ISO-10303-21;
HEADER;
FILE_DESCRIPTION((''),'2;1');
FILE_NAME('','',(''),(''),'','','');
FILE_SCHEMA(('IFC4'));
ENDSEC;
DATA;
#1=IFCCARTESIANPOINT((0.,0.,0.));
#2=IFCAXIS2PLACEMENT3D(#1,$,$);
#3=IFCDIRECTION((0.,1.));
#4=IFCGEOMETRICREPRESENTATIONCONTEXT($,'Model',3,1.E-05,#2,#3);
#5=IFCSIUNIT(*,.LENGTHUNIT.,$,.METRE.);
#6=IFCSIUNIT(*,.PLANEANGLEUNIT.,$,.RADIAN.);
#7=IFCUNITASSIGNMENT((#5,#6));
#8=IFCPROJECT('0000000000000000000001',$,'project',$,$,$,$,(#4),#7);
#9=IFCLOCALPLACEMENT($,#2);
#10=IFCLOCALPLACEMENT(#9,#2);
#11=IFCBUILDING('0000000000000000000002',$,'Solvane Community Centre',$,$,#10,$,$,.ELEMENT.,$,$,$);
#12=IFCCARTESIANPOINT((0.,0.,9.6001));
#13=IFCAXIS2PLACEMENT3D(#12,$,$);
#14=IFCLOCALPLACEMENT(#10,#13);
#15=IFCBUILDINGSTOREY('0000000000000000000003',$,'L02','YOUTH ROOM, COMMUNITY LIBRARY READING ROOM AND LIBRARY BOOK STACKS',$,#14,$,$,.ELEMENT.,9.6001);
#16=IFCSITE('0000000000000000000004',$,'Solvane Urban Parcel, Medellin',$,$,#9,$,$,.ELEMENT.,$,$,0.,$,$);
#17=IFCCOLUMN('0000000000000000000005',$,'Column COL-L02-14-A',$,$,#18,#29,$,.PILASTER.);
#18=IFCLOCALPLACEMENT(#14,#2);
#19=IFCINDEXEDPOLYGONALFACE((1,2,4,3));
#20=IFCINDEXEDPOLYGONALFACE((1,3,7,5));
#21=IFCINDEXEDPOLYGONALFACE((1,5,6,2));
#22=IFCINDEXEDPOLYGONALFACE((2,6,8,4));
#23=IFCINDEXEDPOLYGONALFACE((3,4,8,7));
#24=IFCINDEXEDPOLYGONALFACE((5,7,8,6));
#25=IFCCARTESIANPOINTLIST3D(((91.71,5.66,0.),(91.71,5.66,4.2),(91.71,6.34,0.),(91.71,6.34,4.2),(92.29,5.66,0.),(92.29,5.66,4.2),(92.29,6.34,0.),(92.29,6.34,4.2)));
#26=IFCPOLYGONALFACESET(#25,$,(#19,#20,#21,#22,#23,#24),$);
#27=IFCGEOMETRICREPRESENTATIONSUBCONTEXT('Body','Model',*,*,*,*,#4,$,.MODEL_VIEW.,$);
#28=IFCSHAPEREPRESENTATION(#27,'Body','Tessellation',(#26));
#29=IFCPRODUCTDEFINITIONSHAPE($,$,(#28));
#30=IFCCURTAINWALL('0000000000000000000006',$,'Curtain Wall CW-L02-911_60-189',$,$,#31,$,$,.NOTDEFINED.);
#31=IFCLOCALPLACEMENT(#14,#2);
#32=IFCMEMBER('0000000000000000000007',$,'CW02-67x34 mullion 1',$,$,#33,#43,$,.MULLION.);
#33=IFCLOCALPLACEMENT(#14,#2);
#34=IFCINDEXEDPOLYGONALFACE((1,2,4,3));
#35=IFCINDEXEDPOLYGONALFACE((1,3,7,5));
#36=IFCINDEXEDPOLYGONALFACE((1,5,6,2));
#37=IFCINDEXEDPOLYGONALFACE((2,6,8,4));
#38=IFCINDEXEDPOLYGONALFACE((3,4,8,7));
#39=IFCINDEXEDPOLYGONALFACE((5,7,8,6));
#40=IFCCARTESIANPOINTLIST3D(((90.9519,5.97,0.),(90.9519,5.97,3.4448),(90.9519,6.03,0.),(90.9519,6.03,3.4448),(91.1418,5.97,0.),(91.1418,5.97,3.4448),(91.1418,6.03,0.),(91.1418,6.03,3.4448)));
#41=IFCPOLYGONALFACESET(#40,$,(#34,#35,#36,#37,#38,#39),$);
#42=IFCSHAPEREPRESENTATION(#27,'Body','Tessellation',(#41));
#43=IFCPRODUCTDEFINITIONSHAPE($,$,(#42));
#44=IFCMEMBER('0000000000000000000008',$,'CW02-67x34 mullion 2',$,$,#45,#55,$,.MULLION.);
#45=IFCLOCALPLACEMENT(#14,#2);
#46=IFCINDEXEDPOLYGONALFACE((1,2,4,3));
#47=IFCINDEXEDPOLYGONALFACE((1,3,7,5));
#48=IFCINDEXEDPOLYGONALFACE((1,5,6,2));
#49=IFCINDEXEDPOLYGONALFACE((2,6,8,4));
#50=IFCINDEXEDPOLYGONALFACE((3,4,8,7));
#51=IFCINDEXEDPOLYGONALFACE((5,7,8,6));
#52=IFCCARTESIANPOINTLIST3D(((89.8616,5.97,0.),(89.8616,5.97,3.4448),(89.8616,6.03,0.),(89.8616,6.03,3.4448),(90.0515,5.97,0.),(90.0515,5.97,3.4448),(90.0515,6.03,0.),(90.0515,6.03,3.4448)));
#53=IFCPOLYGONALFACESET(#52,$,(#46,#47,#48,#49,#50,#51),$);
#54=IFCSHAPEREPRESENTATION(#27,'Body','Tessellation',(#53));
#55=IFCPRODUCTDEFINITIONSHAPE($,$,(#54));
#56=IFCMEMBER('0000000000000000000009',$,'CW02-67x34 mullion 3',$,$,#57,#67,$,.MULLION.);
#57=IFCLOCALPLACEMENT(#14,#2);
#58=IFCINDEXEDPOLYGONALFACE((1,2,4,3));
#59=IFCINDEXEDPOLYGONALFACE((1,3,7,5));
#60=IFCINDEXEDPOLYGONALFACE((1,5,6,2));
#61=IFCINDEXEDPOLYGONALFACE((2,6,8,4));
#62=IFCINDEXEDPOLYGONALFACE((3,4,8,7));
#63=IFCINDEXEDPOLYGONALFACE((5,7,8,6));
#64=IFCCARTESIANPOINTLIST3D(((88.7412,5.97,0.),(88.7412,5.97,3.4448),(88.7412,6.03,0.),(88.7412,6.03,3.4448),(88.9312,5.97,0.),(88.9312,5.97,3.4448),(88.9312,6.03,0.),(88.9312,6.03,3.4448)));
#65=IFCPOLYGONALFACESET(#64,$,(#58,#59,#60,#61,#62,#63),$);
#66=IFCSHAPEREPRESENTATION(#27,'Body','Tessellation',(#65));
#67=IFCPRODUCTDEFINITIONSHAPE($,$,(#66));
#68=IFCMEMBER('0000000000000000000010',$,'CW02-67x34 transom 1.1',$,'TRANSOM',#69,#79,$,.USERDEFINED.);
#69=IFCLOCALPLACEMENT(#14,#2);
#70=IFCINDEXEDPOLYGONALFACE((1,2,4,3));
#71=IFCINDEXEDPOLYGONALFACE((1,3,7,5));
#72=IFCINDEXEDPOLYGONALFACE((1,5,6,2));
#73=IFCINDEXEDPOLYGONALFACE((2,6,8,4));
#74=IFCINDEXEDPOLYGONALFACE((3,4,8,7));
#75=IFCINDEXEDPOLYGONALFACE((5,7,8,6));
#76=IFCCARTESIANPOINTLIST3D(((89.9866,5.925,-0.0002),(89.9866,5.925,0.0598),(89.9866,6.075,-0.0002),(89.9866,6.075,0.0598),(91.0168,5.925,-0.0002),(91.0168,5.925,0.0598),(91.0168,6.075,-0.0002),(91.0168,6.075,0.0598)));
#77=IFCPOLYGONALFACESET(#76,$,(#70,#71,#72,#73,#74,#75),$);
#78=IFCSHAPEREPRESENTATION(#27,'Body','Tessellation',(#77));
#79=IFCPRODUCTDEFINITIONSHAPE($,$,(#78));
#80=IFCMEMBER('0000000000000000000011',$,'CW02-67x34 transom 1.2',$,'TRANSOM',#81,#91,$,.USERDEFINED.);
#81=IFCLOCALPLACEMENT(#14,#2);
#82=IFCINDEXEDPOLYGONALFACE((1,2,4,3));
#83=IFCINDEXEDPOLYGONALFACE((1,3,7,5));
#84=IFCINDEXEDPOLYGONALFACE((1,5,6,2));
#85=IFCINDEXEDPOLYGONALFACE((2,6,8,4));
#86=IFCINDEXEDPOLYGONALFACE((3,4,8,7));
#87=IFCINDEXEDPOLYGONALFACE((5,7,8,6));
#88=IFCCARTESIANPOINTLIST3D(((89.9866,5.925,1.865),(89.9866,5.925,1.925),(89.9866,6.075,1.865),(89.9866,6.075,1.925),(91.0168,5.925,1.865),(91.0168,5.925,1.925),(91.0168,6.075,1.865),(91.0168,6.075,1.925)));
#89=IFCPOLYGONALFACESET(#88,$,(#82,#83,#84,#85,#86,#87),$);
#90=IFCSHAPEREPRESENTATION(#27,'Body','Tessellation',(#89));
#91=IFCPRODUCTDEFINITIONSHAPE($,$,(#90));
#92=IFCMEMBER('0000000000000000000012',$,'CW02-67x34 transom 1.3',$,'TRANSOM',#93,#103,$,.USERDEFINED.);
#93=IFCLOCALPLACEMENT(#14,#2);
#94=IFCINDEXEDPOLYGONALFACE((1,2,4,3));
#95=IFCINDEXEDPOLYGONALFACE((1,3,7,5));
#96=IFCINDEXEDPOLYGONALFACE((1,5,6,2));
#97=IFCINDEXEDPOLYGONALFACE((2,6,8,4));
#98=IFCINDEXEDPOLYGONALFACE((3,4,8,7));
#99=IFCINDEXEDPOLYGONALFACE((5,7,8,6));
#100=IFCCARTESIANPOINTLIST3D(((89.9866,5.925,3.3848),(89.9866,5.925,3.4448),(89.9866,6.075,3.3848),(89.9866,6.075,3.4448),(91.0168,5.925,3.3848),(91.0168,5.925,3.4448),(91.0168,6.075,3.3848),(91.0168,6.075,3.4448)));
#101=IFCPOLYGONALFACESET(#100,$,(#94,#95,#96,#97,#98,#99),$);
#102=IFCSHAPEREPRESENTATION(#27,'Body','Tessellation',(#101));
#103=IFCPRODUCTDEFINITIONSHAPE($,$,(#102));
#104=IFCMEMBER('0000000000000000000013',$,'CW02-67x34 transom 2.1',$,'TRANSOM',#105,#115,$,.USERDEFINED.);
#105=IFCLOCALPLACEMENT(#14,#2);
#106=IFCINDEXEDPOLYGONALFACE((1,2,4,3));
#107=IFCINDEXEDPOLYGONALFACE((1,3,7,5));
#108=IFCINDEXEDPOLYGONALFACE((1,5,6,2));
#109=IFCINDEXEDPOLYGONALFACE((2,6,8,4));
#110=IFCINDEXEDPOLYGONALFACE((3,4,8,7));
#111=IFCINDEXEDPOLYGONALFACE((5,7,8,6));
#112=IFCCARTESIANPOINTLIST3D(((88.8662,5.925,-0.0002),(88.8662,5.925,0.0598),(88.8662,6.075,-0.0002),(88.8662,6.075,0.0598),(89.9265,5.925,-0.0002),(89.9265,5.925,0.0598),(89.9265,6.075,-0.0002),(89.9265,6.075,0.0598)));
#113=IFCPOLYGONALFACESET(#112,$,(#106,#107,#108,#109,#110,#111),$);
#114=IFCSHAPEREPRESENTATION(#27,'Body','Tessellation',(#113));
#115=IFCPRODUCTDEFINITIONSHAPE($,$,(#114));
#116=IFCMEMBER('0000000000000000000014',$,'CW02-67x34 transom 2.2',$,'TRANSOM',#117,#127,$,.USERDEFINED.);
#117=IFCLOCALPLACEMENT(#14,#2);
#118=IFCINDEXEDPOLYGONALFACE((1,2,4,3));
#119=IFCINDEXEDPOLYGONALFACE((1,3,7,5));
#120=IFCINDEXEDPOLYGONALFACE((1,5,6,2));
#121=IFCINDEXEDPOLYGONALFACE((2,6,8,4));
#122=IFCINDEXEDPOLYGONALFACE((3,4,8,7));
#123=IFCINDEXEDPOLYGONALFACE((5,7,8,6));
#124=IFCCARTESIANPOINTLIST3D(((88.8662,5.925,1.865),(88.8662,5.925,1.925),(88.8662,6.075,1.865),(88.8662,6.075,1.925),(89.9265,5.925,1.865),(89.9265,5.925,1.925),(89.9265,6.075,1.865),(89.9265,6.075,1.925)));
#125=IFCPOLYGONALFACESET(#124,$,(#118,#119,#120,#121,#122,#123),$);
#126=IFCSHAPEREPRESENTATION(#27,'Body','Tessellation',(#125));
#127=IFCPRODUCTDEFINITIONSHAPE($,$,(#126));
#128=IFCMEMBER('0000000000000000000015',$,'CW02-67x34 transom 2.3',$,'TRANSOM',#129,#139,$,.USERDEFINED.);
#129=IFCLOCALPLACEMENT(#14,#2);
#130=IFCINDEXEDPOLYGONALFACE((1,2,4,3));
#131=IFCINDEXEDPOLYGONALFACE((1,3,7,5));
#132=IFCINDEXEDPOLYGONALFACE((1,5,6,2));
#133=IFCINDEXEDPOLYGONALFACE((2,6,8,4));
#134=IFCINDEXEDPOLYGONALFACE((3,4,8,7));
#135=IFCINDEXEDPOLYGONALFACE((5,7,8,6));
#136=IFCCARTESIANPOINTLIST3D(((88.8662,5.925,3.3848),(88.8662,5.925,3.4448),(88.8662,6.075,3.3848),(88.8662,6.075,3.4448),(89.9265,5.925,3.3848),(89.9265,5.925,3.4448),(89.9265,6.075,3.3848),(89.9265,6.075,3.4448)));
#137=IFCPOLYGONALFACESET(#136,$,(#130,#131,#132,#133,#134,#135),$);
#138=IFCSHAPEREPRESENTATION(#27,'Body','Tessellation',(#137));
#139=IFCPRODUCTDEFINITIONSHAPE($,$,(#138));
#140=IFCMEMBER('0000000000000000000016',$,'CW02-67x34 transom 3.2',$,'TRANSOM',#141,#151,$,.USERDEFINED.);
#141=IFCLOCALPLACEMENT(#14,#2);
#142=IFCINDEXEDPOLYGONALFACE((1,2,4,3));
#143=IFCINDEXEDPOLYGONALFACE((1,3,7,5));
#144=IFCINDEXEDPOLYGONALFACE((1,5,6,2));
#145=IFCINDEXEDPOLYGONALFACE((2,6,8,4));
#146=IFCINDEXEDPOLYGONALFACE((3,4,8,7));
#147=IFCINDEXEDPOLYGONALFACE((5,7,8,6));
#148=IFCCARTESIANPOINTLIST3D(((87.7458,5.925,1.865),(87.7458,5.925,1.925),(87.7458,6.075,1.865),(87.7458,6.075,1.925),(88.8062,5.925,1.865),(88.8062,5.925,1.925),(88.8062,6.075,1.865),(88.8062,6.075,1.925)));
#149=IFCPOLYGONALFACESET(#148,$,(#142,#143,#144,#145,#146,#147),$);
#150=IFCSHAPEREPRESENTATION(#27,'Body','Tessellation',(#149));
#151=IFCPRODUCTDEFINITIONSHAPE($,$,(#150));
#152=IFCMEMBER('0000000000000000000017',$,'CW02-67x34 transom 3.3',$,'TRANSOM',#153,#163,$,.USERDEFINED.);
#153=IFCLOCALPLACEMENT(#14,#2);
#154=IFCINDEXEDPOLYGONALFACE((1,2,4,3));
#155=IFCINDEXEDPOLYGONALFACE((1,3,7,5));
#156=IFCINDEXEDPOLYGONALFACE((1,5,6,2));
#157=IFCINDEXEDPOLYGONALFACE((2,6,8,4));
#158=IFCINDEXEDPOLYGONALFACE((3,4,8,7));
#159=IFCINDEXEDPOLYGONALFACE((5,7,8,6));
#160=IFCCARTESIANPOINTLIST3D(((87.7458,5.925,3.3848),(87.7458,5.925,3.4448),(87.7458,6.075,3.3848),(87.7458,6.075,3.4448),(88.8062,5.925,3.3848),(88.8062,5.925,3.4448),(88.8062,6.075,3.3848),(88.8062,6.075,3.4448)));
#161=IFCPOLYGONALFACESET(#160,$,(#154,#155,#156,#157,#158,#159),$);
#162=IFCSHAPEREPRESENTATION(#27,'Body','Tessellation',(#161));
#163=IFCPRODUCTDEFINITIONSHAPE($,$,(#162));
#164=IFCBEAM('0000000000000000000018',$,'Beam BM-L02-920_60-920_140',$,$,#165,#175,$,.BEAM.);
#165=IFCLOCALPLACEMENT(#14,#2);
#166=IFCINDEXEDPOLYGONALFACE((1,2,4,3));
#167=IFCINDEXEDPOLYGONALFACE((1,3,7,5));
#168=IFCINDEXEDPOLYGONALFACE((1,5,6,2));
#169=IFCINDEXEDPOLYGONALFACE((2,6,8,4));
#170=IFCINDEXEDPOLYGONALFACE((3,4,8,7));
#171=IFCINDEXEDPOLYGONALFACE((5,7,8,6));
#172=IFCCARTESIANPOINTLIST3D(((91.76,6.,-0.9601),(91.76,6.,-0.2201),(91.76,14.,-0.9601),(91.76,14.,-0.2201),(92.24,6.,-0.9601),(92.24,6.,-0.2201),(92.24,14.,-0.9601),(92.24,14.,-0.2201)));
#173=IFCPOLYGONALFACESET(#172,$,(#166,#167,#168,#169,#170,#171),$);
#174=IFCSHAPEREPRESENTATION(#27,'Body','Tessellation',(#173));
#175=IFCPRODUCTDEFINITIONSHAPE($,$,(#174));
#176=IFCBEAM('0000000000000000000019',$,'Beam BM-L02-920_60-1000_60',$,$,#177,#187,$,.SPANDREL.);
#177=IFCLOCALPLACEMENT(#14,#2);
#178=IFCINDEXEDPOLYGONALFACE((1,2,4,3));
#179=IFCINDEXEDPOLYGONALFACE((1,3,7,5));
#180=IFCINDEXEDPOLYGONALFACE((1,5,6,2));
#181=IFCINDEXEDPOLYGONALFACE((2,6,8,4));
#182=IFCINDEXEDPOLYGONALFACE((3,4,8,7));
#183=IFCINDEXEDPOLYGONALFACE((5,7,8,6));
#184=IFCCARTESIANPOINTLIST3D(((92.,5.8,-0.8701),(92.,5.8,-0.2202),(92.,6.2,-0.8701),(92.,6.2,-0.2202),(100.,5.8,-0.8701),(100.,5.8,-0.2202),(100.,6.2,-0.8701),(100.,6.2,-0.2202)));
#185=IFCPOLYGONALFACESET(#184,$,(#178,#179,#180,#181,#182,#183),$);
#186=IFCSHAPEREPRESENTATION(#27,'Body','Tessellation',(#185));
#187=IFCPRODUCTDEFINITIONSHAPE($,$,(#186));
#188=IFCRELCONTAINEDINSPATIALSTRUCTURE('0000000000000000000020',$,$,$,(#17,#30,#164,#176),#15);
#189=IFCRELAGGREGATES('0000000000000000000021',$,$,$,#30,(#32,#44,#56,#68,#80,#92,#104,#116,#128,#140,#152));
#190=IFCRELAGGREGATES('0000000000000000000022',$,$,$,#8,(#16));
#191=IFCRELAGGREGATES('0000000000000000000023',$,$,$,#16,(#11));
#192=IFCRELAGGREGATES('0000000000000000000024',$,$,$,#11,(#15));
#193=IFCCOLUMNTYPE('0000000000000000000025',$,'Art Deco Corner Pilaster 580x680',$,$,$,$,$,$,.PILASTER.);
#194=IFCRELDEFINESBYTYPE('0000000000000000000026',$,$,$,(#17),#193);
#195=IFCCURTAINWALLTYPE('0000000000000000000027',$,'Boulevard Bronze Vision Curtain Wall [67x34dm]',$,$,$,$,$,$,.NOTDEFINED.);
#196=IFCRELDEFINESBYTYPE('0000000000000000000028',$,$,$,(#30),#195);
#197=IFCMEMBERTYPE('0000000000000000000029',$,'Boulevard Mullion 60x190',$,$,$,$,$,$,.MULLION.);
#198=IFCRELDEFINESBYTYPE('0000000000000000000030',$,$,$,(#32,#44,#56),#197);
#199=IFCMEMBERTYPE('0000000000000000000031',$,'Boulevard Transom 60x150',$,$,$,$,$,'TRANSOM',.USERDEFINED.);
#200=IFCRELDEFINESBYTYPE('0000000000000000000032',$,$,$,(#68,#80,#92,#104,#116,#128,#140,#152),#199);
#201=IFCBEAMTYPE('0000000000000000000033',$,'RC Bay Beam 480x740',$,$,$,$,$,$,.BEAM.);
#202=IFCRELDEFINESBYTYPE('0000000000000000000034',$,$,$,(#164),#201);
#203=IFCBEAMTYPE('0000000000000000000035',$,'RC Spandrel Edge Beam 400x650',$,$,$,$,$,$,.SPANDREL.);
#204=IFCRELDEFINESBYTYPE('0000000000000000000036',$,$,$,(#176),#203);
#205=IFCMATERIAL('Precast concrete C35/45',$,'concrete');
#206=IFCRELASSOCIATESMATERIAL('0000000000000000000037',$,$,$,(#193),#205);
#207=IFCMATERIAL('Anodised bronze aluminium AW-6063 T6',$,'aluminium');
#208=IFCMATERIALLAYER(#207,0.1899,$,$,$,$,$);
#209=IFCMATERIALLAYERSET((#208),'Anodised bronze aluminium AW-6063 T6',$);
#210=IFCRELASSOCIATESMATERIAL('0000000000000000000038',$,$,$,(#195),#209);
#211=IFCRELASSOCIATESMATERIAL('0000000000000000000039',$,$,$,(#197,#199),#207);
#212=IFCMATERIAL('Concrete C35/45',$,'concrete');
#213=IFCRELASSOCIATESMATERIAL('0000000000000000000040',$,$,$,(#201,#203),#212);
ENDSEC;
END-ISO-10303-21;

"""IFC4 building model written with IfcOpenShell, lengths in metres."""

from ifc_helpers import new_model, si_unit, direction, frame, origin, origin_2d, place, context, subcontext, project, spatial, rectangle, extrude, material, layer, layer_set, material_profile, profile_set, type_object, element, aggregate, save


model = new_model("IFC4")

# Units and contexts
model_context = context("Model", 3, precision=1e-05, world=origin(), true_north=direction((0.0, 1.0)))
body_context = subcontext(model_context, "Body", "Model", "MODEL_VIEW")
ifc_project = project(units=[si_unit("LENGTHUNIT", "METRE"), si_unit("PLANEANGLEUNIT", "RADIAN")], contexts=[model_context])

# Site, building, storey
site_placement = place(None, origin())
site = spatial("IfcSite", under=ifc_project, at=site_placement, Name="Solvane Urban Parcel, Medellin", CompositionType="ELEMENT", RefElevation=0.0)
building_placement = place(site_placement, origin())
building = spatial("IfcBuilding", under=site, at=building_placement, Name="Solvane Community Centre", CompositionType="ELEMENT")
storey_placement = place(building_placement, frame((0.0, 0.0, 9.6001)))
storey = spatial("IfcBuildingStorey", under=building, at=storey_placement, Name="L02", Description="YOUTH ROOM, COMMUNITY LIBRARY READING ROOM AND LIBRARY BOOK STACKS", CompositionType="ELEMENT", Elevation=9.6001)

# Column
ifc_material_1 = material(Name="Precast concrete C35/45", Category="concrete")
ifc_material_profile_1 = material_profile(ifc_material_1, rectangle(XDim=0.5801, YDim=0.6799, at=origin_2d()), Name="RC 580x680")
ifc_profile_set_1 = profile_set([ifc_material_profile_1], Name="Precast concrete C35/45")
column_type = type_object("IfcColumnType", Name="Art Deco Corner Pilaster 580x680", PredefinedType="PILASTER", material=ifc_profile_set_1)
column_placement = place(storey_placement, frame((92.0, 6.0, 0.0), z_axis=(0.0, 0.0, 1.0), x_axis=(1.0, 0.0, 0.0)))
element("IfcColumn", 1, at=column_placement, inside=storey, type_object=column_type, Name="Column COL-L02-14-A", PredefinedType="PILASTER", context=body_context, shape_type="SweptSolid", body=[
    extrude(rectangle(XDim=0.5801, YDim=0.6799, at=origin_2d()), origin(), (0.0, 0.0, 1.0), 4.2),
])

# Curtain wall, members
ifc_material_2 = material(Name="Anodised bronze aluminium AW-6063 T6", Category="aluminium")
ifc_layer_1 = layer(ifc_material_2, 0.1899)
ifc_layer_set_1 = layer_set([ifc_layer_1], Name="Anodised bronze aluminium AW-6063 T6")
curtain_wall_type = type_object("IfcCurtainWallType", Name="Boulevard Bronze Vision Curtain Wall [67x34dm]", PredefinedType="NOTDEFINED", material=ifc_layer_set_1)
curtain_wall_placement = place(storey_placement, origin())
curtain_wall = element("IfcCurtainWall", 2, at=curtain_wall_placement, inside=storey, type_object=curtain_wall_type, Name="Curtain Wall CW-L02-911_60-189", PredefinedType="NOTDEFINED")
ifc_material_profile_2 = material_profile(ifc_material_2, rectangle(XDim=0.0601, YDim=0.1899, at=origin_2d()), Name="CW-M 60x190")
ifc_profile_set_2 = profile_set([ifc_material_profile_2], Name="Anodised bronze aluminium AW-6063 T6")
member_type_1 = type_object("IfcMemberType", Name="Boulevard Mullion 60x190", PredefinedType="MULLION", material=ifc_profile_set_2)
member_1_placement = place(storey_placement, frame((91.0469, 6.0, 0.0), z_axis=(0.0, 0.0, 1.0), x_axis=(0.0, -1.0, 0.0)))
member_1 = element("IfcMember", 3, at=member_1_placement, type_object=member_type_1, Name="CW02-67x34 mullion 1", PredefinedType="MULLION", context=body_context, shape_type="SweptSolid", body=[
    extrude(rectangle(XDim=0.0601, YDim=0.1899, at=origin_2d()), origin(), (0.0, 0.0, 1.0), 3.4448),
])
member_2_placement = place(storey_placement, frame((89.9565, 6.0, 0.0), z_axis=(0.0, 0.0, 1.0), x_axis=(0.0, -1.0, 0.0)))
member_2 = element("IfcMember", 4, at=member_2_placement, type_object=member_type_1, Name="CW02-67x34 mullion 2", PredefinedType="MULLION", context=body_context, shape_type="SweptSolid", body=[
    extrude(rectangle(XDim=0.0601, YDim=0.1899, at=origin_2d()), origin(), (0.0, 0.0, 1.0), 3.4448),
])
member_3_placement = place(storey_placement, frame((88.8362, 6.0, 0.0), z_axis=(0.0, 0.0, 1.0), x_axis=(0.0, -1.0, 0.0)))
member_3 = element("IfcMember", 5, at=member_3_placement, type_object=member_type_1, Name="CW02-67x34 mullion 3", PredefinedType="MULLION", context=body_context, shape_type="SweptSolid", body=[
    extrude(rectangle(XDim=0.0601, YDim=0.1899, at=origin_2d()), origin(), (0.0, 0.0, 1.0), 3.4448),
])
ifc_material_profile_3 = material_profile(ifc_material_2, rectangle(XDim=0.1499, YDim=0.0601, at=origin_2d()), Name="CW-T 60x150")
ifc_profile_set_3 = profile_set([ifc_material_profile_3], Name="Anodised bronze aluminium AW-6063 T6")
member_type_2 = type_object("IfcMemberType", Name="Boulevard Transom 60x150", ElementType="TRANSOM", PredefinedType="USERDEFINED", material=ifc_profile_set_3)
member_4_placement = place(storey_placement, frame((91.0168, 6.0, 0.0298), z_axis=(-1.0, 0.0, 0.0), x_axis=(0.0, -1.0, 0.0)))
member_4 = element("IfcMember", 6, at=member_4_placement, type_object=member_type_2, Name="CW02-67x34 transom 1.1", ObjectType="TRANSOM", PredefinedType="USERDEFINED", context=body_context, shape_type="SweptSolid", body=[
    extrude(rectangle(XDim=0.1499, YDim=0.0601, at=origin_2d()), origin(), (0.0, 0.0, 1.0), 1.0303),
])
member_5_placement = place(storey_placement, frame((91.0168, 6.0, 1.895), z_axis=(-1.0, 0.0, 0.0), x_axis=(0.0, -1.0, 0.0)))
member_5 = element("IfcMember", 7, at=member_5_placement, type_object=member_type_2, Name="CW02-67x34 transom 1.2", ObjectType="TRANSOM", PredefinedType="USERDEFINED", context=body_context, shape_type="SweptSolid", body=[
    extrude(rectangle(XDim=0.1499, YDim=0.0601, at=origin_2d()), origin(), (0.0, 0.0, 1.0), 1.0303),
])
member_6_placement = place(storey_placement, frame((91.0168, 6.0, 3.4148), z_axis=(-1.0, 0.0, 0.0), x_axis=(0.0, -1.0, 0.0)))
member_6 = element("IfcMember", 8, at=member_6_placement, type_object=member_type_2, Name="CW02-67x34 transom 1.3", ObjectType="TRANSOM", PredefinedType="USERDEFINED", context=body_context, shape_type="SweptSolid", body=[
    extrude(rectangle(XDim=0.1499, YDim=0.0601, at=origin_2d()), origin(), (0.0, 0.0, 1.0), 1.0303),
])
member_7_placement = place(storey_placement, frame((89.9265, 6.0, 0.0298), z_axis=(-1.0, 0.0, 0.0), x_axis=(0.0, -1.0, 0.0)))
member_7 = element("IfcMember", 9, at=member_7_placement, type_object=member_type_2, Name="CW02-67x34 transom 2.1", ObjectType="TRANSOM", PredefinedType="USERDEFINED", context=body_context, shape_type="SweptSolid", body=[
    extrude(rectangle(XDim=0.1499, YDim=0.0601, at=origin_2d()), origin(), (0.0, 0.0, 1.0), 1.0603),
])
member_8_placement = place(storey_placement, frame((89.9265, 6.0, 1.895), z_axis=(-1.0, 0.0, 0.0), x_axis=(0.0, -1.0, 0.0)))
member_8 = element("IfcMember", 10, at=member_8_placement, type_object=member_type_2, Name="CW02-67x34 transom 2.2", ObjectType="TRANSOM", PredefinedType="USERDEFINED", context=body_context, shape_type="SweptSolid", body=[
    extrude(rectangle(XDim=0.1499, YDim=0.0601, at=origin_2d()), origin(), (0.0, 0.0, 1.0), 1.0603),
])
member_9_placement = place(storey_placement, frame((89.9265, 6.0, 3.4148), z_axis=(-1.0, 0.0, 0.0), x_axis=(0.0, -1.0, 0.0)))
member_9 = element("IfcMember", 11, at=member_9_placement, type_object=member_type_2, Name="CW02-67x34 transom 2.3", ObjectType="TRANSOM", PredefinedType="USERDEFINED", context=body_context, shape_type="SweptSolid", body=[
    extrude(rectangle(XDim=0.1499, YDim=0.0601, at=origin_2d()), origin(), (0.0, 0.0, 1.0), 1.0603),
])
member_10_placement = place(storey_placement, frame((88.8062, 6.0, 1.895), z_axis=(-1.0, 0.0, 0.0), x_axis=(0.0, -1.0, 0.0)))
member_10 = element("IfcMember", 12, at=member_10_placement, type_object=member_type_2, Name="CW02-67x34 transom 3.2", ObjectType="TRANSOM", PredefinedType="USERDEFINED", context=body_context, shape_type="SweptSolid", body=[
    extrude(rectangle(XDim=0.1499, YDim=0.0601, at=origin_2d()), origin(), (0.0, 0.0, 1.0), 1.0603),
])
member_11_placement = place(storey_placement, frame((88.8062, 6.0, 3.4148), z_axis=(-1.0, 0.0, 0.0), x_axis=(0.0, -1.0, 0.0)))
member_11 = element("IfcMember", 13, at=member_11_placement, type_object=member_type_2, Name="CW02-67x34 transom 3.3", ObjectType="TRANSOM", PredefinedType="USERDEFINED", context=body_context, shape_type="SweptSolid", body=[
    extrude(rectangle(XDim=0.1499, YDim=0.0601, at=origin_2d()), origin(), (0.0, 0.0, 1.0), 1.0603),
])

# Beams
ifc_material_3 = material(Name="Concrete C35/45", Category="concrete")
ifc_material_profile_4 = material_profile(ifc_material_3, rectangle(XDim=0.48, YDim=0.74, at=origin_2d()), Name="RC 480x740")
ifc_profile_set_4 = profile_set([ifc_material_profile_4], Name="Concrete C35/45")
beam_type_1 = type_object("IfcBeamType", Name="RC Bay Beam 480x740", PredefinedType="BEAM", material=ifc_profile_set_4)
beam_1_placement = place(storey_placement, frame((92.0, 6.0, -0.5901), z_axis=(0.0, 1.0, 0.0), x_axis=(-1.0, 0.0, 0.0)))
element("IfcBeam", 14, at=beam_1_placement, inside=storey, type_object=beam_type_1, Name="Beam BM-L02-920_60-920_140", PredefinedType="BEAM", context=body_context, shape_type="SweptSolid", body=[
    extrude(rectangle(XDim=0.48, YDim=0.74, at=origin_2d()), origin(), (0.0, 0.0, 1.0), 8.0),
])
ifc_material_profile_5 = material_profile(ifc_material_3, rectangle(XDim=0.3999, YDim=0.6499, at=origin_2d()), Name="RC 400x650")
ifc_profile_set_5 = profile_set([ifc_material_profile_5], Name="Concrete C35/45")
beam_type_2 = type_object("IfcBeamType", Name="RC Spandrel Edge Beam 400x650", PredefinedType="SPANDREL", material=ifc_profile_set_5)
beam_2_placement = place(storey_placement, frame((92.0, 6.0, -0.5452), z_axis=(1.0, 0.0, 0.0), x_axis=(0.0, 1.0, 0.0)))
element("IfcBeam", 15, at=beam_2_placement, inside=storey, type_object=beam_type_2, Name="Beam BM-L02-920_60-1000_60", PredefinedType="SPANDREL", context=body_context, shape_type="SweptSolid", body=[
    extrude(rectangle(XDim=0.3999, YDim=0.6499, at=origin_2d()), origin(), (0.0, 0.0, 1.0), 8.0),
])

aggregate(curtain_wall, [member_1, member_2, member_3, member_4, member_5, member_6, member_7, member_8, member_9, member_10, member_11])

save(model, "model.ifc")
